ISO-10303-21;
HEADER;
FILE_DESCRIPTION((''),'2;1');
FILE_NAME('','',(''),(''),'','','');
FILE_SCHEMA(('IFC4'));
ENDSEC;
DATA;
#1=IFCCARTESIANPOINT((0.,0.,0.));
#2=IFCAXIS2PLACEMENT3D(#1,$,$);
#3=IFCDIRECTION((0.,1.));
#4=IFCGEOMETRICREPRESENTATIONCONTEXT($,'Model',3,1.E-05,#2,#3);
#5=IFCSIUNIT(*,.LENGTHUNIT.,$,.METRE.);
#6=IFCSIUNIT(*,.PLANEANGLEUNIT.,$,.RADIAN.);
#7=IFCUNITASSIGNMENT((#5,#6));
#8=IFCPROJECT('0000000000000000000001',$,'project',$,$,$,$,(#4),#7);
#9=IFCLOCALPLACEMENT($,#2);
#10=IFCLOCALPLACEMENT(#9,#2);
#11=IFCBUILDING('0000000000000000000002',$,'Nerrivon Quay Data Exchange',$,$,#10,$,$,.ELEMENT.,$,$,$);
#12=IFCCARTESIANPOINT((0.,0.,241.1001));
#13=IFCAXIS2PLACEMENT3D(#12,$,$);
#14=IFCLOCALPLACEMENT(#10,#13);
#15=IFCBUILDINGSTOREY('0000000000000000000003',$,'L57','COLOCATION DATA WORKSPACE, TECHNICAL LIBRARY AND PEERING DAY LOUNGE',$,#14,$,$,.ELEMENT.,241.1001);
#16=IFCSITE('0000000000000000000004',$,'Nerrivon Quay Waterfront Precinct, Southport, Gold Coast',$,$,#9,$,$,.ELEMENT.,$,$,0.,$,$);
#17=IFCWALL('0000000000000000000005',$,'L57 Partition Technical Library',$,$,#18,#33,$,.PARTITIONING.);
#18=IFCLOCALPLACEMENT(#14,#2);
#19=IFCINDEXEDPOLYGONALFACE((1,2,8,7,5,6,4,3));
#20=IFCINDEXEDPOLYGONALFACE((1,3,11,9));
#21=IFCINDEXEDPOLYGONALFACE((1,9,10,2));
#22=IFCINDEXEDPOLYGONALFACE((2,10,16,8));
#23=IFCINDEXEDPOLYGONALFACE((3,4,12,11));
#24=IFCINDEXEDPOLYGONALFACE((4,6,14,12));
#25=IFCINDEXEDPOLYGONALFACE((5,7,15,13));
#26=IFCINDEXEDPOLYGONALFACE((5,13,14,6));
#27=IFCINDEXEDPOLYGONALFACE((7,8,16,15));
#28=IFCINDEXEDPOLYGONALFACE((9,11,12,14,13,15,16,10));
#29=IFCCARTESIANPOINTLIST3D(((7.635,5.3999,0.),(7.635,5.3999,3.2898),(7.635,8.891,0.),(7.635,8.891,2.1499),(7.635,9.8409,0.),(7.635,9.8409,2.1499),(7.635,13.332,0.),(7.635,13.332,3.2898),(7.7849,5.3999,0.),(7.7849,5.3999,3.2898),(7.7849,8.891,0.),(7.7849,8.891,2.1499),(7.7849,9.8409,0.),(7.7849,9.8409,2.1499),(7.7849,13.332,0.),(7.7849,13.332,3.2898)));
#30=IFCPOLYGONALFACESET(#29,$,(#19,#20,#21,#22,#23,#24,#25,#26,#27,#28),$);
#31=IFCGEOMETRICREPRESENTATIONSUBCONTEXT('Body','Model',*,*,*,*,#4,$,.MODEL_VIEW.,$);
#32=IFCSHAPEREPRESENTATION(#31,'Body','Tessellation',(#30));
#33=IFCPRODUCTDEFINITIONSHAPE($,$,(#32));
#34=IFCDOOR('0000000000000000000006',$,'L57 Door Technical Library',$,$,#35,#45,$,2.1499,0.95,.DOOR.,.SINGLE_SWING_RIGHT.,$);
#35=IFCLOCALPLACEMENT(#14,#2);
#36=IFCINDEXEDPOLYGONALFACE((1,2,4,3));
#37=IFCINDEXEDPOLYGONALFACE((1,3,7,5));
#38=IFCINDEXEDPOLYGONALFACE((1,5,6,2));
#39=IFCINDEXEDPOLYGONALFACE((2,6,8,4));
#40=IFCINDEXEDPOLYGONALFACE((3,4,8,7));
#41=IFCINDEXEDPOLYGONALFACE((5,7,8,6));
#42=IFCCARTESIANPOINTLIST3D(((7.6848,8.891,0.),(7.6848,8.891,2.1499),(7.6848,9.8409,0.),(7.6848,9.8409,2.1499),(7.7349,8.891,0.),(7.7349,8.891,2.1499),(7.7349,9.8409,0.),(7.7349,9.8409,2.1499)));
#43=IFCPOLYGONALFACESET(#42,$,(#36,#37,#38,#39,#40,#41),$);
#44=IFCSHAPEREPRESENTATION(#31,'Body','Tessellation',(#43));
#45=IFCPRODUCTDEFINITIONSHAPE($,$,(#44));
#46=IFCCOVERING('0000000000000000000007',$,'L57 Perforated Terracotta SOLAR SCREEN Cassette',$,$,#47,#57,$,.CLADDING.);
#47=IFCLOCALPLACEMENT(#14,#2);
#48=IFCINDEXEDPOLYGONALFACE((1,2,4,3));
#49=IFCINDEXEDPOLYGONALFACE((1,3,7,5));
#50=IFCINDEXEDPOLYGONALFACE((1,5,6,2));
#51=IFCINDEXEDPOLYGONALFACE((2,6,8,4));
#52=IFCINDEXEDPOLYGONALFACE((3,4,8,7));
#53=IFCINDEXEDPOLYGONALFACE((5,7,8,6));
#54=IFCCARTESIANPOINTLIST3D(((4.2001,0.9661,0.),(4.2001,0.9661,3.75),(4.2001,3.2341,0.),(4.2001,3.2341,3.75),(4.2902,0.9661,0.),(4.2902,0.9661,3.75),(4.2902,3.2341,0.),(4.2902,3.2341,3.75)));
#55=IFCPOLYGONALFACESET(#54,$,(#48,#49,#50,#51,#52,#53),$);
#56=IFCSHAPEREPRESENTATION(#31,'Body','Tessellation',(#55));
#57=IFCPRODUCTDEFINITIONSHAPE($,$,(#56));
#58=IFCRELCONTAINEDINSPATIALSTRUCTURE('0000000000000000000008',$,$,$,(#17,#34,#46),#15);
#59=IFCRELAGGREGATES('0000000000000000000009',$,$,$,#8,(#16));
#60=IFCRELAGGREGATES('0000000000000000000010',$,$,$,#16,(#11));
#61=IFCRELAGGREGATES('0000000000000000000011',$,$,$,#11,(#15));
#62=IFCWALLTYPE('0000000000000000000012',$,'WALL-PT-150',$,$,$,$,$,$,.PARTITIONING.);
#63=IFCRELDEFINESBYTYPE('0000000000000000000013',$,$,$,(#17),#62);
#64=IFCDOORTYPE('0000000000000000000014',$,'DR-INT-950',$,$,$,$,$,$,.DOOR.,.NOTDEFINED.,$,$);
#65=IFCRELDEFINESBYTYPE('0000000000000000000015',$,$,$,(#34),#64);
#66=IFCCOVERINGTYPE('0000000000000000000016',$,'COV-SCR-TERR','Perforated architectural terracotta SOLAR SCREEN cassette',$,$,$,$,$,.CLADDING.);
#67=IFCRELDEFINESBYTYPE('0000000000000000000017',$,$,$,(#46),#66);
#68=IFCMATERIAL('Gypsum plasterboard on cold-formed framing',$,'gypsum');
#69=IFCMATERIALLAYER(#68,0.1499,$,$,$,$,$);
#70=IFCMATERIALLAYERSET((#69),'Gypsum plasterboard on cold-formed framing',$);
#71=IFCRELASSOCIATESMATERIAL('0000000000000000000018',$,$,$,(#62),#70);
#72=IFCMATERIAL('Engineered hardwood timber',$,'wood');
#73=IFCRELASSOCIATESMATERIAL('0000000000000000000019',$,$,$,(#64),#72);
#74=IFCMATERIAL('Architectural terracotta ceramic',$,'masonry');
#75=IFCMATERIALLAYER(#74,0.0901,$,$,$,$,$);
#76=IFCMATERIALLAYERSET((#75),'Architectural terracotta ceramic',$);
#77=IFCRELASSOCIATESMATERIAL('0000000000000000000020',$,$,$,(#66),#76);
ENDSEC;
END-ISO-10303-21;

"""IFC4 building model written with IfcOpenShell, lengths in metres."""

from ifc_helpers import new_model, si_unit, direction, frame, frame_2d, origin, origin_2d, place, context, subcontext, project, spatial, rectangle, extrude, material, layer, layer_set, type_object, element, fill, save


model = new_model("IFC4")

# Units and contexts
model_context = context("Model", 3, precision=1e-05, world=origin(), true_north=direction((0.0, 1.0)))
body_context = subcontext(model_context, "Body", "Model", "MODEL_VIEW")
ifc_project = project(units=[si_unit("LENGTHUNIT", "METRE"), si_unit("PLANEANGLEUNIT", "RADIAN")], contexts=[model_context])

# Site, building, storey
site_placement = place(None, origin())
site = spatial("IfcSite", under=ifc_project, at=site_placement, Name="Nerrivon Quay Waterfront Precinct, Southport, Gold Coast", CompositionType="ELEMENT", RefElevation=0.0)
building_placement = place(site_placement, origin())
building = spatial("IfcBuilding", under=site, at=building_placement, Name="Nerrivon Quay Data Exchange", CompositionType="ELEMENT")
storey_placement = place(building_placement, frame((0.0, 0.0, 241.1001)))
storey = spatial("IfcBuildingStorey", under=building, at=storey_placement, Name="L57", Description="COLOCATION DATA WORKSPACE, TECHNICAL LIBRARY AND PEERING DAY LOUNGE", CompositionType="ELEMENT", Elevation=241.1001)

# Shared definitions
ifc_material_1 = material(Name="Gypsum plasterboard on cold-formed framing", Category="gypsum")
ifc_material_2 = material(Name="Engineered hardwood timber", Category="wood")

# Shared definitions
ifc_layer_1 = layer(ifc_material_1, 0.1499)
ifc_layer_set_1 = layer_set([ifc_layer_1], Name="Gypsum plasterboard on cold-formed framing")
wall_type_1 = type_object("IfcWallType", Name="WALL-PT-150", PredefinedType="PARTITIONING", material=ifc_layer_set_1)

# Wall, opening, door
door_type_1 = type_object("IfcDoorType", Name="DR-INT-950", OperationType="NOTDEFINED", PredefinedType="DOOR", material=ifc_material_2)
wall_1_placement = place(storey_placement, frame((7.71, 13.332, 0.0), z_axis=(0.0, 0.0, 1.0), x_axis=(0.0, -1.0, 0.0)))
wall_1 = element("IfcWall", 1, at=wall_1_placement, inside=storey, type_object=wall_type_1, Name="L57 Partition Technical Library", PredefinedType="PARTITIONING", context=body_context, shape_type="SweptSolid", body=[
    extrude(rectangle(XDim=7.9321, YDim=0.1499, at=frame_2d((3.9661, 0.0))), origin(), (0.0, 0.0, 1.0), 3.2898),
])
opening_1_placement = place(wall_1_placement, frame((3.491, 0.0, 0.0)))
opening_1 = element("IfcOpeningElement", 2, at=opening_1_placement, cuts=wall_1, PredefinedType="OPENING", context=body_context, shape_type="SweptSolid", body=[
    extrude(rectangle(XDim=0.95, YDim=2.1499, at=frame_2d((0.4751, 1.075))), frame((0.0, 0.085, 0.0), z_axis=(0.0, -1.0, 0.0), x_axis=(1.0, 0.0, 0.0)), (0.0, 0.0, 1.0), 0.1699),
])
door_1_placement = place(opening_1_placement, origin())
door_1 = element("IfcDoor", 3, at=door_1_placement, inside=storey, type_object=door_type_1, Name="L57 Door Technical Library", OperationType="SINGLE_SWING_RIGHT", OverallHeight=2.1499, OverallWidth=0.95, PredefinedType="DOOR", context=body_context, shape_type="SweptSolid", body=[
    extrude(rectangle(XDim=0.95, YDim=2.1499, at=frame_2d((0.4751, 1.075))), frame((0.0, 0.0249, 0.0), z_axis=(0.0, -1.0, 0.0), x_axis=(1.0, 0.0, 0.0)), (0.0, 0.0, 1.0), 0.05),
])
fill(opening_1, door_1)

# Covering
ifc_material_3 = material(Name="Architectural terracotta ceramic", Category="masonry")
ifc_layer_2 = layer(ifc_material_3, 0.0901)
ifc_layer_set_2 = layer_set([ifc_layer_2], Name="Architectural terracotta ceramic")
covering_type = type_object("IfcCoveringType", Name="COV-SCR-TERR", Description="Perforated architectural terracotta SOLAR SCREEN cassette", PredefinedType="CLADDING", material=ifc_layer_set_2)
covering_placement = place(storey_placement, frame((4.2451, 2.1001, 0.0), z_axis=(0.0, 0.0, 1.0), x_axis=(0.0, 1.0, 0.0)))
element("IfcCovering", 4, at=covering_placement, inside=storey, type_object=covering_type, Name="L57 Perforated Terracotta SOLAR SCREEN Cassette", PredefinedType="CLADDING", context=body_context, shape_type="SweptSolid", body=[
    extrude(rectangle(XDim=2.2681, YDim=0.0901, at=origin_2d()), origin(), (0.0, 0.0, 1.0), 3.75),
])

save(model, "model.ifc")
